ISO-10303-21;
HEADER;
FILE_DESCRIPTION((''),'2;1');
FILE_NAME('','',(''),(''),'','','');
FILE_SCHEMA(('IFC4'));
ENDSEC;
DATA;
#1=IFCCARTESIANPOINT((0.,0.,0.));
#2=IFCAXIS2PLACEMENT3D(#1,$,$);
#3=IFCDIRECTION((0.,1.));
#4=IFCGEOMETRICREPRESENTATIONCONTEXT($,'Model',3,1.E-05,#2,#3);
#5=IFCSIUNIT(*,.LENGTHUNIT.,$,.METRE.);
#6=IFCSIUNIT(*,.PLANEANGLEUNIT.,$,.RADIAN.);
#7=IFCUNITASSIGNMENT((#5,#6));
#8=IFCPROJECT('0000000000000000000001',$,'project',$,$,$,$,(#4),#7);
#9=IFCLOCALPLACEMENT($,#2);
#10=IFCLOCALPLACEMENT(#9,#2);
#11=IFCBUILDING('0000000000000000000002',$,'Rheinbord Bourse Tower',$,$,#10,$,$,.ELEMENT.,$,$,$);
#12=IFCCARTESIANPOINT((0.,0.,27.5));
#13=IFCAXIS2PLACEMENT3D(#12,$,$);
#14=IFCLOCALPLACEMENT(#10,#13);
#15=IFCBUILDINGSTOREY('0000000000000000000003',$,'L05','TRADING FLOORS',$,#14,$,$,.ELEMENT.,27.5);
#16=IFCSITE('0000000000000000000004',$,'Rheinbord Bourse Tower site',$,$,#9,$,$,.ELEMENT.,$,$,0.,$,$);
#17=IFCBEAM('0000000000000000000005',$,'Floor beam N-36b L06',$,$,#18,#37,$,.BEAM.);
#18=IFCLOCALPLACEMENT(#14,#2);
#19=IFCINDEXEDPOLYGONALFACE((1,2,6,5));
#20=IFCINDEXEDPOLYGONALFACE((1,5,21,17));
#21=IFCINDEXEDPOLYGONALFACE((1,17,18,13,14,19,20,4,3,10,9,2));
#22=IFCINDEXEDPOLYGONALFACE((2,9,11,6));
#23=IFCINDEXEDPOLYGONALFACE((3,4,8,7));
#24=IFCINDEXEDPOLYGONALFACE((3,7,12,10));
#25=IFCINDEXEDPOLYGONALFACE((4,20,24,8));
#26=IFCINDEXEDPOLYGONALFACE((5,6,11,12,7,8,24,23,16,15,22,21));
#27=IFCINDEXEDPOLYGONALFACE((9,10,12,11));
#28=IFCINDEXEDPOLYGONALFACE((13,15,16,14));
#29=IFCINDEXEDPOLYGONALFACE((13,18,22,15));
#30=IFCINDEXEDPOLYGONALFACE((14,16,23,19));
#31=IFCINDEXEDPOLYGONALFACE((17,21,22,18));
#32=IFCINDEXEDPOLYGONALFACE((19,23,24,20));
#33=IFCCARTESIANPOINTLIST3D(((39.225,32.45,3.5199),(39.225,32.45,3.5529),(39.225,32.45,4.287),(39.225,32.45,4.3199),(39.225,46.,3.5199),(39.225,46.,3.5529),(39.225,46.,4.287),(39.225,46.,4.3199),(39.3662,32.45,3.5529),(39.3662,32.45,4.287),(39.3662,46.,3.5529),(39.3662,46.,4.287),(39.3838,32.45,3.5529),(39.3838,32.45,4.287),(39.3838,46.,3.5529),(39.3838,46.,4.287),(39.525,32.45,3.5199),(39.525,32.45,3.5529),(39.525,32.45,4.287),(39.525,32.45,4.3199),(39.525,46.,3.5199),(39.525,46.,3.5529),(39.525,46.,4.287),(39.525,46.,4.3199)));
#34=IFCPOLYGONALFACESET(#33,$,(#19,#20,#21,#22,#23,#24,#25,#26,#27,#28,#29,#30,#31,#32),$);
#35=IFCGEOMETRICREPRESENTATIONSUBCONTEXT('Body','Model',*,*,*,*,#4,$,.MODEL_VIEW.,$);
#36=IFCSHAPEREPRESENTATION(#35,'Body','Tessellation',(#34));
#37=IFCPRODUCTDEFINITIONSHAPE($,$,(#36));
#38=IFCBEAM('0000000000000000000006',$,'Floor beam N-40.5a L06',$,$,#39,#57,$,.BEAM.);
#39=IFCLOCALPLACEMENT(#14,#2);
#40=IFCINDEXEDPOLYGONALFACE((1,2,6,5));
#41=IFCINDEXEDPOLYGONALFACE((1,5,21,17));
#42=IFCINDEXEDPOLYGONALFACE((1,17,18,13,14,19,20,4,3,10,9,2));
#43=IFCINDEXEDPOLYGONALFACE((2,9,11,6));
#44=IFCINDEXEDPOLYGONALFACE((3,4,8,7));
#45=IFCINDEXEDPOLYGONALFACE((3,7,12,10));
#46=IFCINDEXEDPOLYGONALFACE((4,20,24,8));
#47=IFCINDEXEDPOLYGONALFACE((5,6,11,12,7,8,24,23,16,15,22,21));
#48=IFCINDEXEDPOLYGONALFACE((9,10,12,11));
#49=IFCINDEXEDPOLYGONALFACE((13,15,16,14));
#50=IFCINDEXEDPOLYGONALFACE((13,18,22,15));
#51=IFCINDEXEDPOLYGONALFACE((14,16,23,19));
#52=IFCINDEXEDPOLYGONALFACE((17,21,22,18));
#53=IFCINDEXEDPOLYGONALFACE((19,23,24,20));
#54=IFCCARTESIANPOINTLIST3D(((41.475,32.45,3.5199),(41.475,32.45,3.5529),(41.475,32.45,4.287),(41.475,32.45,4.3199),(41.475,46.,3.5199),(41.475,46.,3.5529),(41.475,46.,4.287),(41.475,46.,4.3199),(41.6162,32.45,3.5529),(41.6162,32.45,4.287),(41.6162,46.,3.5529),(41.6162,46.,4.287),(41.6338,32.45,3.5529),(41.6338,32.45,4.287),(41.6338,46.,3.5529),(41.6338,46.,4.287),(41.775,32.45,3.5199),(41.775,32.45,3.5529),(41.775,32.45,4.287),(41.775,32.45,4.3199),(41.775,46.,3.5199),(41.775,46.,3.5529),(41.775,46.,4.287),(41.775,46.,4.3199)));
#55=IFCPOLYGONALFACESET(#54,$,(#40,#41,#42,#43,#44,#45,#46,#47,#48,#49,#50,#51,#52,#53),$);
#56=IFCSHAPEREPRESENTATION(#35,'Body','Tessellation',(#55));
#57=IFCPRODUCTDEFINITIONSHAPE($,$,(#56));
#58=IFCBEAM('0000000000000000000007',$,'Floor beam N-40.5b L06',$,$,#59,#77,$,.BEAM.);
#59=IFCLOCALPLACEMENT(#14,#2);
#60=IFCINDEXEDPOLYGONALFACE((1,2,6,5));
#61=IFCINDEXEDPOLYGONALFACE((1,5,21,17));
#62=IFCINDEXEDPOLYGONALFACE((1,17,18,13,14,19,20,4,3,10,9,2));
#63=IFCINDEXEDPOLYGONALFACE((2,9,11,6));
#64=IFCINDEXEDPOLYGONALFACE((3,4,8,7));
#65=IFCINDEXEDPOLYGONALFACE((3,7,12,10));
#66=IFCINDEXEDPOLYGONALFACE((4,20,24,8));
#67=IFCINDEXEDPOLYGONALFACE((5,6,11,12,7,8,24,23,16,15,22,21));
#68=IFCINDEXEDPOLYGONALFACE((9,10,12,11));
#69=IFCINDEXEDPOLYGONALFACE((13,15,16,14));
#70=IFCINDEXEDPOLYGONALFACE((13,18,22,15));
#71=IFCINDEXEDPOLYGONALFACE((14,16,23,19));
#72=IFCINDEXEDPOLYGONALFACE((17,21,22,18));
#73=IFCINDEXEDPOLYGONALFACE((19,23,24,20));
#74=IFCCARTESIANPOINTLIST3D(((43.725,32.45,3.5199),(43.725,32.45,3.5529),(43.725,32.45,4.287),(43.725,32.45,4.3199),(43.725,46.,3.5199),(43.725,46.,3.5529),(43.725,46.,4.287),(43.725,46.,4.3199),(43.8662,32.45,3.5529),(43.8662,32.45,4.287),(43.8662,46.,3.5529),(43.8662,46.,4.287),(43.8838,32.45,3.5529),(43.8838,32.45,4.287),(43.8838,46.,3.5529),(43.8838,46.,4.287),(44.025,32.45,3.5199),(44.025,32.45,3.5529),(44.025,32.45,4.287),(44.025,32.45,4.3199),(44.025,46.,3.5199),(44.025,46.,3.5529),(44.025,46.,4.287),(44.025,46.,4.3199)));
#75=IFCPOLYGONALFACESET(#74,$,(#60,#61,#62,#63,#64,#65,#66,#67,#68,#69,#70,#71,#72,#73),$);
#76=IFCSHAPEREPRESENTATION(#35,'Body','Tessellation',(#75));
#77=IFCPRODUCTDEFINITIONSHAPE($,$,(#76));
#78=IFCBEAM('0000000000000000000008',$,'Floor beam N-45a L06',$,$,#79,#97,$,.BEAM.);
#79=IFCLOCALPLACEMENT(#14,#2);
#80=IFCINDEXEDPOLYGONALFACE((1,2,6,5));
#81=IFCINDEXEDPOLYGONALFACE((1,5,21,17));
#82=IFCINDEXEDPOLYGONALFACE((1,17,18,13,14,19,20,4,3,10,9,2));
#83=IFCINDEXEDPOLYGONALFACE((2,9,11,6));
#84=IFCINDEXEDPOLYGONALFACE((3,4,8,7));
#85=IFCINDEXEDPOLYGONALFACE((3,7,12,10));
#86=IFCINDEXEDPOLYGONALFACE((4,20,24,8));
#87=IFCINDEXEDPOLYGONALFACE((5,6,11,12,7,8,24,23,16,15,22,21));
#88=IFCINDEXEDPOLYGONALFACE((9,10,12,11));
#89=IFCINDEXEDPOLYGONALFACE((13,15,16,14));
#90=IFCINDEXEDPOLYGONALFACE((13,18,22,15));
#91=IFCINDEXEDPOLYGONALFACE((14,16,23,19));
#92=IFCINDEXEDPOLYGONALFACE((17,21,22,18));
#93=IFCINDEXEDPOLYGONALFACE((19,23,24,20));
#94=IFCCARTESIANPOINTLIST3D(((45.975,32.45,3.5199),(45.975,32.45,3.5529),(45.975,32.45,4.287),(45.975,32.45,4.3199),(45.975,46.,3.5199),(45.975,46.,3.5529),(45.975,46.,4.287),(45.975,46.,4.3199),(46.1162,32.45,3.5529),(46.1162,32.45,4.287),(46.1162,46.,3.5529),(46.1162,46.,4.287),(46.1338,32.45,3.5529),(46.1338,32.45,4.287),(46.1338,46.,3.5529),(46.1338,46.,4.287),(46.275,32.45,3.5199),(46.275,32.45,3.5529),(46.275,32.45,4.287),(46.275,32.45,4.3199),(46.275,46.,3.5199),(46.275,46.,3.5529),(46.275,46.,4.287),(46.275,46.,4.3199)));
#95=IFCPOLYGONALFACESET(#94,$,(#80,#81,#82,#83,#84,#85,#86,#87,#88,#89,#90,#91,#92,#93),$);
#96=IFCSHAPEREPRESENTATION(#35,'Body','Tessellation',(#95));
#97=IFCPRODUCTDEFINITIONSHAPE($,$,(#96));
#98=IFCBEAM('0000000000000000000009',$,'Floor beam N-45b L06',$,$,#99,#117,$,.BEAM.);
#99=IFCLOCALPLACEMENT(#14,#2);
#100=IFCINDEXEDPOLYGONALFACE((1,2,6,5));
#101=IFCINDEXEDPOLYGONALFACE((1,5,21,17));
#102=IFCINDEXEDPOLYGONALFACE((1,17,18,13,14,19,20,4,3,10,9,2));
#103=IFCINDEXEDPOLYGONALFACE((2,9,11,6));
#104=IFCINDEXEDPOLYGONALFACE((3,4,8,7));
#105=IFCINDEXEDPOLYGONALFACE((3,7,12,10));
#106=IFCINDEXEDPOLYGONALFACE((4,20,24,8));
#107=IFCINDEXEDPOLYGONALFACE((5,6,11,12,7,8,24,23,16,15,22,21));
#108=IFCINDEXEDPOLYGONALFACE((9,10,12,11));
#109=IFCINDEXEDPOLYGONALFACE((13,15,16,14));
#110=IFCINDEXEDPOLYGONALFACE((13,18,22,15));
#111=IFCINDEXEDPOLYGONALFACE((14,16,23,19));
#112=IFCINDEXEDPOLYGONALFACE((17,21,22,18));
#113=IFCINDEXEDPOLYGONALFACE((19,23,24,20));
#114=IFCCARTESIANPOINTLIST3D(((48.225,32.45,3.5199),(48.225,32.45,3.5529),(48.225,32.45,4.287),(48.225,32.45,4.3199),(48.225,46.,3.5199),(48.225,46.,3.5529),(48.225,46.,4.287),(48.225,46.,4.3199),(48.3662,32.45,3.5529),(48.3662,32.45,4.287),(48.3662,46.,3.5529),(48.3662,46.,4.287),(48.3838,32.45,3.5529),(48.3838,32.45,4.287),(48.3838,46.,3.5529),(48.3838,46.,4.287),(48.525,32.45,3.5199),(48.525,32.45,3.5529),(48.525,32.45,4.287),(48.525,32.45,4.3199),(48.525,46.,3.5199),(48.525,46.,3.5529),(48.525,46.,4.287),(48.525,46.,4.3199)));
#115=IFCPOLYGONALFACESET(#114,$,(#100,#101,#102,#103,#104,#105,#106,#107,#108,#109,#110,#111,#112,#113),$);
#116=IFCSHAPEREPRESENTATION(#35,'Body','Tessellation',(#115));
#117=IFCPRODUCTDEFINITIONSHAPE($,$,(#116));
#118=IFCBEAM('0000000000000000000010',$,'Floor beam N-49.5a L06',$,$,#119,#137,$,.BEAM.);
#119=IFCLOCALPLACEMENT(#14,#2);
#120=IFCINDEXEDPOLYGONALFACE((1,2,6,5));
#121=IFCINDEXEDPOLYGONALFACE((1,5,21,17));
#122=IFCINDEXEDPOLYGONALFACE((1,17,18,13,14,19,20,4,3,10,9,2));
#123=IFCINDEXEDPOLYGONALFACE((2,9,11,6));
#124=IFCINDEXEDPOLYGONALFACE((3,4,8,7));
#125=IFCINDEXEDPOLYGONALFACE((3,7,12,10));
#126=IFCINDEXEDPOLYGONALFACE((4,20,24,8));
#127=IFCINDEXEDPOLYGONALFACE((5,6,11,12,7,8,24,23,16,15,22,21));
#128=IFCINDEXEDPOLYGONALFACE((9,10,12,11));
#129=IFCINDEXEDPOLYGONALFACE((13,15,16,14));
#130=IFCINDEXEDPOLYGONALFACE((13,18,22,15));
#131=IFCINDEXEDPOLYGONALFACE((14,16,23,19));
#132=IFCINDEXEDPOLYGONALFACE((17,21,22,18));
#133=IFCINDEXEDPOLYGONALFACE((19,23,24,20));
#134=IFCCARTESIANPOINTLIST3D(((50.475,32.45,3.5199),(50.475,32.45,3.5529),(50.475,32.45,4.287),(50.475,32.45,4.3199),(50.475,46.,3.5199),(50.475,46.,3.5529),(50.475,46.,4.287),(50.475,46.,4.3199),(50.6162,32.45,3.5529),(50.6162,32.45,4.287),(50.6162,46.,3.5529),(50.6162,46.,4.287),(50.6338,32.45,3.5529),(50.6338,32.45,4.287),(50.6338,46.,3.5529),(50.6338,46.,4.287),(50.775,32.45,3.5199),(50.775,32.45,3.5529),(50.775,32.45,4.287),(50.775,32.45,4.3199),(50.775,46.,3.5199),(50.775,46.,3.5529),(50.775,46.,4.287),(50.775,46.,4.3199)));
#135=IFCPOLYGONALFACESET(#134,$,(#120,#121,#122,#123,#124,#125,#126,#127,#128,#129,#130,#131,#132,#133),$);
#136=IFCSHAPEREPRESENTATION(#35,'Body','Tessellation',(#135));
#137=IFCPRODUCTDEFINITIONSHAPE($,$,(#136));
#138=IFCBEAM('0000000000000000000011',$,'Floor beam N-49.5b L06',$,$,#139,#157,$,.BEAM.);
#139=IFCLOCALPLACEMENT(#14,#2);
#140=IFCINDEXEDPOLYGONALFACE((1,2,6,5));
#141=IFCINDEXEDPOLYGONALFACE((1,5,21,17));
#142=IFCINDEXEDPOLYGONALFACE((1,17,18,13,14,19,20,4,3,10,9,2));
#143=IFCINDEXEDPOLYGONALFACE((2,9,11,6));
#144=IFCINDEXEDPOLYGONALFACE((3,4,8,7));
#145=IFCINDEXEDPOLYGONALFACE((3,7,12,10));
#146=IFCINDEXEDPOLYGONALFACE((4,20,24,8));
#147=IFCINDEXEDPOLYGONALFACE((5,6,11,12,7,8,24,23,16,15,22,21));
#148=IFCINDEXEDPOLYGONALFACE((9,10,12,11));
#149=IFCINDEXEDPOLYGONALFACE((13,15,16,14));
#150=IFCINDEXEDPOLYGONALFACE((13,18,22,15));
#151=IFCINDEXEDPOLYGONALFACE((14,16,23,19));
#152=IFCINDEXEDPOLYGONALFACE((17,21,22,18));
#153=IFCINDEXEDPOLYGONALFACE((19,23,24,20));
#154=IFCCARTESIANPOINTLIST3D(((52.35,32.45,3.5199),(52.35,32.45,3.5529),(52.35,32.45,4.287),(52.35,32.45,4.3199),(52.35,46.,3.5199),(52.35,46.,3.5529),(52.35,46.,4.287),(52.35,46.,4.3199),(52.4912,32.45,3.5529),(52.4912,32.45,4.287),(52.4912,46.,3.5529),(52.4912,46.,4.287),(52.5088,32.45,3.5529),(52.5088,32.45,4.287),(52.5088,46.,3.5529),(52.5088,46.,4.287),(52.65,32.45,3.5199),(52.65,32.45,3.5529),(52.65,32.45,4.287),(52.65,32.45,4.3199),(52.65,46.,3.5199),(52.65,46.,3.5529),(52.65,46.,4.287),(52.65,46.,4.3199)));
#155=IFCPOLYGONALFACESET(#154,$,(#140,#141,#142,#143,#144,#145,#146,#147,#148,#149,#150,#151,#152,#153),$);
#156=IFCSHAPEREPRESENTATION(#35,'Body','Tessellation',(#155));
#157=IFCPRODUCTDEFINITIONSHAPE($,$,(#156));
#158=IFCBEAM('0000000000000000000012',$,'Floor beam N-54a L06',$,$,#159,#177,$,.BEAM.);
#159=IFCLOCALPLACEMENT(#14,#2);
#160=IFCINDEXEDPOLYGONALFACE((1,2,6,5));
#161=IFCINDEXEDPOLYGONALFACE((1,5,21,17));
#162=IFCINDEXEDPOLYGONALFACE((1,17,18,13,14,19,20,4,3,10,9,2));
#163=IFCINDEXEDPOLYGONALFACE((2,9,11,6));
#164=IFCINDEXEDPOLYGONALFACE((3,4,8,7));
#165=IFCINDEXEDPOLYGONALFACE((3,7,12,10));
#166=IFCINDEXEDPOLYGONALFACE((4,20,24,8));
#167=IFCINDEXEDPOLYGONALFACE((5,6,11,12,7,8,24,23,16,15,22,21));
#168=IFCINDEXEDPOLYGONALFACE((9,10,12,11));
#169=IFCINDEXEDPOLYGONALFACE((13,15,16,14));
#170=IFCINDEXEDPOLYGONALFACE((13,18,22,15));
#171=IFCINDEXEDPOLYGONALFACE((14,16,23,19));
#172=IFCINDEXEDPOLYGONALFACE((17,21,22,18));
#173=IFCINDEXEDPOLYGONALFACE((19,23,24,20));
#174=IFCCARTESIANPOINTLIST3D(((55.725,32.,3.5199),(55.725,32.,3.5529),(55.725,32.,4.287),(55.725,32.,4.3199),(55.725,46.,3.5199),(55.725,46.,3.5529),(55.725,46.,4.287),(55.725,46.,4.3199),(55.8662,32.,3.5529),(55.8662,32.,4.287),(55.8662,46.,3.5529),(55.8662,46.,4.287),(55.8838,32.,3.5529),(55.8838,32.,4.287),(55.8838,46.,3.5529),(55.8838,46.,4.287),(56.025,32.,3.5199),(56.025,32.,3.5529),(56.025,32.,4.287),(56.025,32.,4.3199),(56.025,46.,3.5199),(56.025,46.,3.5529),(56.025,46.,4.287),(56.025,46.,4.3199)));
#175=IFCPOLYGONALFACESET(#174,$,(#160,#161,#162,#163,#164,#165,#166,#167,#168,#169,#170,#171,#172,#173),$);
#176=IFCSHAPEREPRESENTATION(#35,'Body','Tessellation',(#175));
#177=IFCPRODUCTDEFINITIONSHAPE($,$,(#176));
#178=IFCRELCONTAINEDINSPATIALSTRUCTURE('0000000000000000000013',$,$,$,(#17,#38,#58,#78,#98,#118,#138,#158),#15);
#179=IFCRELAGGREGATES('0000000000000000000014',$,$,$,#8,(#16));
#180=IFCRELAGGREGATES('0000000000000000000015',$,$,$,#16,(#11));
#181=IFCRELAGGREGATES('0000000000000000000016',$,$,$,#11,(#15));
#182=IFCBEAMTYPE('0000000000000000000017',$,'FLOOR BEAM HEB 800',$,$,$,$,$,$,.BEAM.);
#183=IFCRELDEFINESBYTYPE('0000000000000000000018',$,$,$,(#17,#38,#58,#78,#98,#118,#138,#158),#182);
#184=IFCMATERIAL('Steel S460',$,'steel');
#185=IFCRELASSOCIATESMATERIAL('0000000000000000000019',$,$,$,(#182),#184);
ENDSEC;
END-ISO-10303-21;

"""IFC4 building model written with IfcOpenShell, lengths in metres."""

from ifc_helpers import new_model, si_unit, direction, frame, origin, origin_2d, place, context, subcontext, project, spatial, i_section, extrude, material, material_profile, profile_set, type_object, element, save


model = new_model("IFC4")

# Units and contexts
model_context = context("Model", 3, precision=1e-05, world=origin(), true_north=direction((0.0, 1.0)))
body_context = subcontext(model_context, "Body", "Model", "MODEL_VIEW")
ifc_project = project(units=[si_unit("LENGTHUNIT", "METRE"), si_unit("PLANEANGLEUNIT", "RADIAN")], contexts=[model_context])

# Site, building, storey
site_placement = place(None, origin())
site = spatial("IfcSite", under=ifc_project, at=site_placement, Name="Rheinbord Bourse Tower site", CompositionType="ELEMENT", RefElevation=0.0)
building_placement = place(site_placement, origin())
building = spatial("IfcBuilding", under=site, at=building_placement, Name="Rheinbord Bourse Tower", CompositionType="ELEMENT")
storey_placement = place(building_placement, frame((0.0, 0.0, 27.5)))
storey = spatial("IfcBuildingStorey", under=building, at=storey_placement, Name="L05", Description="TRADING FLOORS", CompositionType="ELEMENT", Elevation=27.5)

# Beams
ifc_material_1 = material(Name="Steel S460", Category="steel")
ifc_material_profile_1 = material_profile(ifc_material_1, i_section(OverallWidth=0.3, OverallDepth=0.8, WebThickness=0.0176, FlangeThickness=0.033, at=origin_2d()), Name="HEB 800")
ifc_profile_set_1 = profile_set([ifc_material_profile_1], Name="Steel S460")
beam_type_1 = type_object("IfcBeamType", Name="FLOOR BEAM HEB 800", PredefinedType="BEAM", material=ifc_profile_set_1)
for number, where, z_axis, x_axis, name in (
    (1, (39.375, 46.0, 3.9199), (0.0, -1.0, 0.0), (1.0, 0.0, 0.0), "Floor beam N-36b L06"),
    (2, (41.625, 46.0, 3.9199), (0.0, -1.0, 0.0), (1.0, 0.0, 0.0), "Floor beam N-40.5a L06"),
    (3, (43.875, 46.0, 3.9199), (0.0, -1.0, 0.0), (1.0, 0.0, 0.0), "Floor beam N-40.5b L06"),
    (4, (46.125, 46.0, 3.9199), (0.0, -1.0, 0.0), (1.0, 0.0, 0.0), "Floor beam N-45a L06"),
    (5, (48.375, 46.0, 3.9199), (0.0, -1.0, 0.0), (1.0, 0.0, 0.0), "Floor beam N-45b L06"),
    (6, (50.625, 46.0, 3.9199), (0.0, -1.0, 0.0), (1.0, 0.0, 0.0), "Floor beam N-49.5a L06"),
    (7, (52.5, 46.0, 3.9199), (0.0, -1.0, 0.0), (1.0, 0.0, 0.0), "Floor beam N-49.5b L06"),
):
    element("IfcBeam", number, at=place(storey_placement, frame(where, z_axis=z_axis, x_axis=x_axis)), inside=storey, type_object=beam_type_1, Name=name, PredefinedType="BEAM", context=body_context, shape_type="SweptSolid", body=[
        extrude(i_section(OverallWidth=0.3, OverallDepth=0.8, WebThickness=0.0176, FlangeThickness=0.033, at=origin_2d()), origin(), (0.0, 0.0, 1.0), 13.55),
    ])
beam_placement = place(storey_placement, frame((55.875, 46.0, 3.9199), z_axis=(0.0, -1.0, 0.0), x_axis=(1.0, 0.0, 0.0)))
element("IfcBeam", 8, at=beam_placement, inside=storey, type_object=beam_type_1, Name="Floor beam N-54a L06", PredefinedType="BEAM", context=body_context, shape_type="SweptSolid", body=[
    extrude(i_section(OverallWidth=0.3, OverallDepth=0.8, WebThickness=0.0176, FlangeThickness=0.033, at=origin_2d()), origin(), (0.0, 0.0, 1.0), 14.0),
])

save(model, "model.ifc")
